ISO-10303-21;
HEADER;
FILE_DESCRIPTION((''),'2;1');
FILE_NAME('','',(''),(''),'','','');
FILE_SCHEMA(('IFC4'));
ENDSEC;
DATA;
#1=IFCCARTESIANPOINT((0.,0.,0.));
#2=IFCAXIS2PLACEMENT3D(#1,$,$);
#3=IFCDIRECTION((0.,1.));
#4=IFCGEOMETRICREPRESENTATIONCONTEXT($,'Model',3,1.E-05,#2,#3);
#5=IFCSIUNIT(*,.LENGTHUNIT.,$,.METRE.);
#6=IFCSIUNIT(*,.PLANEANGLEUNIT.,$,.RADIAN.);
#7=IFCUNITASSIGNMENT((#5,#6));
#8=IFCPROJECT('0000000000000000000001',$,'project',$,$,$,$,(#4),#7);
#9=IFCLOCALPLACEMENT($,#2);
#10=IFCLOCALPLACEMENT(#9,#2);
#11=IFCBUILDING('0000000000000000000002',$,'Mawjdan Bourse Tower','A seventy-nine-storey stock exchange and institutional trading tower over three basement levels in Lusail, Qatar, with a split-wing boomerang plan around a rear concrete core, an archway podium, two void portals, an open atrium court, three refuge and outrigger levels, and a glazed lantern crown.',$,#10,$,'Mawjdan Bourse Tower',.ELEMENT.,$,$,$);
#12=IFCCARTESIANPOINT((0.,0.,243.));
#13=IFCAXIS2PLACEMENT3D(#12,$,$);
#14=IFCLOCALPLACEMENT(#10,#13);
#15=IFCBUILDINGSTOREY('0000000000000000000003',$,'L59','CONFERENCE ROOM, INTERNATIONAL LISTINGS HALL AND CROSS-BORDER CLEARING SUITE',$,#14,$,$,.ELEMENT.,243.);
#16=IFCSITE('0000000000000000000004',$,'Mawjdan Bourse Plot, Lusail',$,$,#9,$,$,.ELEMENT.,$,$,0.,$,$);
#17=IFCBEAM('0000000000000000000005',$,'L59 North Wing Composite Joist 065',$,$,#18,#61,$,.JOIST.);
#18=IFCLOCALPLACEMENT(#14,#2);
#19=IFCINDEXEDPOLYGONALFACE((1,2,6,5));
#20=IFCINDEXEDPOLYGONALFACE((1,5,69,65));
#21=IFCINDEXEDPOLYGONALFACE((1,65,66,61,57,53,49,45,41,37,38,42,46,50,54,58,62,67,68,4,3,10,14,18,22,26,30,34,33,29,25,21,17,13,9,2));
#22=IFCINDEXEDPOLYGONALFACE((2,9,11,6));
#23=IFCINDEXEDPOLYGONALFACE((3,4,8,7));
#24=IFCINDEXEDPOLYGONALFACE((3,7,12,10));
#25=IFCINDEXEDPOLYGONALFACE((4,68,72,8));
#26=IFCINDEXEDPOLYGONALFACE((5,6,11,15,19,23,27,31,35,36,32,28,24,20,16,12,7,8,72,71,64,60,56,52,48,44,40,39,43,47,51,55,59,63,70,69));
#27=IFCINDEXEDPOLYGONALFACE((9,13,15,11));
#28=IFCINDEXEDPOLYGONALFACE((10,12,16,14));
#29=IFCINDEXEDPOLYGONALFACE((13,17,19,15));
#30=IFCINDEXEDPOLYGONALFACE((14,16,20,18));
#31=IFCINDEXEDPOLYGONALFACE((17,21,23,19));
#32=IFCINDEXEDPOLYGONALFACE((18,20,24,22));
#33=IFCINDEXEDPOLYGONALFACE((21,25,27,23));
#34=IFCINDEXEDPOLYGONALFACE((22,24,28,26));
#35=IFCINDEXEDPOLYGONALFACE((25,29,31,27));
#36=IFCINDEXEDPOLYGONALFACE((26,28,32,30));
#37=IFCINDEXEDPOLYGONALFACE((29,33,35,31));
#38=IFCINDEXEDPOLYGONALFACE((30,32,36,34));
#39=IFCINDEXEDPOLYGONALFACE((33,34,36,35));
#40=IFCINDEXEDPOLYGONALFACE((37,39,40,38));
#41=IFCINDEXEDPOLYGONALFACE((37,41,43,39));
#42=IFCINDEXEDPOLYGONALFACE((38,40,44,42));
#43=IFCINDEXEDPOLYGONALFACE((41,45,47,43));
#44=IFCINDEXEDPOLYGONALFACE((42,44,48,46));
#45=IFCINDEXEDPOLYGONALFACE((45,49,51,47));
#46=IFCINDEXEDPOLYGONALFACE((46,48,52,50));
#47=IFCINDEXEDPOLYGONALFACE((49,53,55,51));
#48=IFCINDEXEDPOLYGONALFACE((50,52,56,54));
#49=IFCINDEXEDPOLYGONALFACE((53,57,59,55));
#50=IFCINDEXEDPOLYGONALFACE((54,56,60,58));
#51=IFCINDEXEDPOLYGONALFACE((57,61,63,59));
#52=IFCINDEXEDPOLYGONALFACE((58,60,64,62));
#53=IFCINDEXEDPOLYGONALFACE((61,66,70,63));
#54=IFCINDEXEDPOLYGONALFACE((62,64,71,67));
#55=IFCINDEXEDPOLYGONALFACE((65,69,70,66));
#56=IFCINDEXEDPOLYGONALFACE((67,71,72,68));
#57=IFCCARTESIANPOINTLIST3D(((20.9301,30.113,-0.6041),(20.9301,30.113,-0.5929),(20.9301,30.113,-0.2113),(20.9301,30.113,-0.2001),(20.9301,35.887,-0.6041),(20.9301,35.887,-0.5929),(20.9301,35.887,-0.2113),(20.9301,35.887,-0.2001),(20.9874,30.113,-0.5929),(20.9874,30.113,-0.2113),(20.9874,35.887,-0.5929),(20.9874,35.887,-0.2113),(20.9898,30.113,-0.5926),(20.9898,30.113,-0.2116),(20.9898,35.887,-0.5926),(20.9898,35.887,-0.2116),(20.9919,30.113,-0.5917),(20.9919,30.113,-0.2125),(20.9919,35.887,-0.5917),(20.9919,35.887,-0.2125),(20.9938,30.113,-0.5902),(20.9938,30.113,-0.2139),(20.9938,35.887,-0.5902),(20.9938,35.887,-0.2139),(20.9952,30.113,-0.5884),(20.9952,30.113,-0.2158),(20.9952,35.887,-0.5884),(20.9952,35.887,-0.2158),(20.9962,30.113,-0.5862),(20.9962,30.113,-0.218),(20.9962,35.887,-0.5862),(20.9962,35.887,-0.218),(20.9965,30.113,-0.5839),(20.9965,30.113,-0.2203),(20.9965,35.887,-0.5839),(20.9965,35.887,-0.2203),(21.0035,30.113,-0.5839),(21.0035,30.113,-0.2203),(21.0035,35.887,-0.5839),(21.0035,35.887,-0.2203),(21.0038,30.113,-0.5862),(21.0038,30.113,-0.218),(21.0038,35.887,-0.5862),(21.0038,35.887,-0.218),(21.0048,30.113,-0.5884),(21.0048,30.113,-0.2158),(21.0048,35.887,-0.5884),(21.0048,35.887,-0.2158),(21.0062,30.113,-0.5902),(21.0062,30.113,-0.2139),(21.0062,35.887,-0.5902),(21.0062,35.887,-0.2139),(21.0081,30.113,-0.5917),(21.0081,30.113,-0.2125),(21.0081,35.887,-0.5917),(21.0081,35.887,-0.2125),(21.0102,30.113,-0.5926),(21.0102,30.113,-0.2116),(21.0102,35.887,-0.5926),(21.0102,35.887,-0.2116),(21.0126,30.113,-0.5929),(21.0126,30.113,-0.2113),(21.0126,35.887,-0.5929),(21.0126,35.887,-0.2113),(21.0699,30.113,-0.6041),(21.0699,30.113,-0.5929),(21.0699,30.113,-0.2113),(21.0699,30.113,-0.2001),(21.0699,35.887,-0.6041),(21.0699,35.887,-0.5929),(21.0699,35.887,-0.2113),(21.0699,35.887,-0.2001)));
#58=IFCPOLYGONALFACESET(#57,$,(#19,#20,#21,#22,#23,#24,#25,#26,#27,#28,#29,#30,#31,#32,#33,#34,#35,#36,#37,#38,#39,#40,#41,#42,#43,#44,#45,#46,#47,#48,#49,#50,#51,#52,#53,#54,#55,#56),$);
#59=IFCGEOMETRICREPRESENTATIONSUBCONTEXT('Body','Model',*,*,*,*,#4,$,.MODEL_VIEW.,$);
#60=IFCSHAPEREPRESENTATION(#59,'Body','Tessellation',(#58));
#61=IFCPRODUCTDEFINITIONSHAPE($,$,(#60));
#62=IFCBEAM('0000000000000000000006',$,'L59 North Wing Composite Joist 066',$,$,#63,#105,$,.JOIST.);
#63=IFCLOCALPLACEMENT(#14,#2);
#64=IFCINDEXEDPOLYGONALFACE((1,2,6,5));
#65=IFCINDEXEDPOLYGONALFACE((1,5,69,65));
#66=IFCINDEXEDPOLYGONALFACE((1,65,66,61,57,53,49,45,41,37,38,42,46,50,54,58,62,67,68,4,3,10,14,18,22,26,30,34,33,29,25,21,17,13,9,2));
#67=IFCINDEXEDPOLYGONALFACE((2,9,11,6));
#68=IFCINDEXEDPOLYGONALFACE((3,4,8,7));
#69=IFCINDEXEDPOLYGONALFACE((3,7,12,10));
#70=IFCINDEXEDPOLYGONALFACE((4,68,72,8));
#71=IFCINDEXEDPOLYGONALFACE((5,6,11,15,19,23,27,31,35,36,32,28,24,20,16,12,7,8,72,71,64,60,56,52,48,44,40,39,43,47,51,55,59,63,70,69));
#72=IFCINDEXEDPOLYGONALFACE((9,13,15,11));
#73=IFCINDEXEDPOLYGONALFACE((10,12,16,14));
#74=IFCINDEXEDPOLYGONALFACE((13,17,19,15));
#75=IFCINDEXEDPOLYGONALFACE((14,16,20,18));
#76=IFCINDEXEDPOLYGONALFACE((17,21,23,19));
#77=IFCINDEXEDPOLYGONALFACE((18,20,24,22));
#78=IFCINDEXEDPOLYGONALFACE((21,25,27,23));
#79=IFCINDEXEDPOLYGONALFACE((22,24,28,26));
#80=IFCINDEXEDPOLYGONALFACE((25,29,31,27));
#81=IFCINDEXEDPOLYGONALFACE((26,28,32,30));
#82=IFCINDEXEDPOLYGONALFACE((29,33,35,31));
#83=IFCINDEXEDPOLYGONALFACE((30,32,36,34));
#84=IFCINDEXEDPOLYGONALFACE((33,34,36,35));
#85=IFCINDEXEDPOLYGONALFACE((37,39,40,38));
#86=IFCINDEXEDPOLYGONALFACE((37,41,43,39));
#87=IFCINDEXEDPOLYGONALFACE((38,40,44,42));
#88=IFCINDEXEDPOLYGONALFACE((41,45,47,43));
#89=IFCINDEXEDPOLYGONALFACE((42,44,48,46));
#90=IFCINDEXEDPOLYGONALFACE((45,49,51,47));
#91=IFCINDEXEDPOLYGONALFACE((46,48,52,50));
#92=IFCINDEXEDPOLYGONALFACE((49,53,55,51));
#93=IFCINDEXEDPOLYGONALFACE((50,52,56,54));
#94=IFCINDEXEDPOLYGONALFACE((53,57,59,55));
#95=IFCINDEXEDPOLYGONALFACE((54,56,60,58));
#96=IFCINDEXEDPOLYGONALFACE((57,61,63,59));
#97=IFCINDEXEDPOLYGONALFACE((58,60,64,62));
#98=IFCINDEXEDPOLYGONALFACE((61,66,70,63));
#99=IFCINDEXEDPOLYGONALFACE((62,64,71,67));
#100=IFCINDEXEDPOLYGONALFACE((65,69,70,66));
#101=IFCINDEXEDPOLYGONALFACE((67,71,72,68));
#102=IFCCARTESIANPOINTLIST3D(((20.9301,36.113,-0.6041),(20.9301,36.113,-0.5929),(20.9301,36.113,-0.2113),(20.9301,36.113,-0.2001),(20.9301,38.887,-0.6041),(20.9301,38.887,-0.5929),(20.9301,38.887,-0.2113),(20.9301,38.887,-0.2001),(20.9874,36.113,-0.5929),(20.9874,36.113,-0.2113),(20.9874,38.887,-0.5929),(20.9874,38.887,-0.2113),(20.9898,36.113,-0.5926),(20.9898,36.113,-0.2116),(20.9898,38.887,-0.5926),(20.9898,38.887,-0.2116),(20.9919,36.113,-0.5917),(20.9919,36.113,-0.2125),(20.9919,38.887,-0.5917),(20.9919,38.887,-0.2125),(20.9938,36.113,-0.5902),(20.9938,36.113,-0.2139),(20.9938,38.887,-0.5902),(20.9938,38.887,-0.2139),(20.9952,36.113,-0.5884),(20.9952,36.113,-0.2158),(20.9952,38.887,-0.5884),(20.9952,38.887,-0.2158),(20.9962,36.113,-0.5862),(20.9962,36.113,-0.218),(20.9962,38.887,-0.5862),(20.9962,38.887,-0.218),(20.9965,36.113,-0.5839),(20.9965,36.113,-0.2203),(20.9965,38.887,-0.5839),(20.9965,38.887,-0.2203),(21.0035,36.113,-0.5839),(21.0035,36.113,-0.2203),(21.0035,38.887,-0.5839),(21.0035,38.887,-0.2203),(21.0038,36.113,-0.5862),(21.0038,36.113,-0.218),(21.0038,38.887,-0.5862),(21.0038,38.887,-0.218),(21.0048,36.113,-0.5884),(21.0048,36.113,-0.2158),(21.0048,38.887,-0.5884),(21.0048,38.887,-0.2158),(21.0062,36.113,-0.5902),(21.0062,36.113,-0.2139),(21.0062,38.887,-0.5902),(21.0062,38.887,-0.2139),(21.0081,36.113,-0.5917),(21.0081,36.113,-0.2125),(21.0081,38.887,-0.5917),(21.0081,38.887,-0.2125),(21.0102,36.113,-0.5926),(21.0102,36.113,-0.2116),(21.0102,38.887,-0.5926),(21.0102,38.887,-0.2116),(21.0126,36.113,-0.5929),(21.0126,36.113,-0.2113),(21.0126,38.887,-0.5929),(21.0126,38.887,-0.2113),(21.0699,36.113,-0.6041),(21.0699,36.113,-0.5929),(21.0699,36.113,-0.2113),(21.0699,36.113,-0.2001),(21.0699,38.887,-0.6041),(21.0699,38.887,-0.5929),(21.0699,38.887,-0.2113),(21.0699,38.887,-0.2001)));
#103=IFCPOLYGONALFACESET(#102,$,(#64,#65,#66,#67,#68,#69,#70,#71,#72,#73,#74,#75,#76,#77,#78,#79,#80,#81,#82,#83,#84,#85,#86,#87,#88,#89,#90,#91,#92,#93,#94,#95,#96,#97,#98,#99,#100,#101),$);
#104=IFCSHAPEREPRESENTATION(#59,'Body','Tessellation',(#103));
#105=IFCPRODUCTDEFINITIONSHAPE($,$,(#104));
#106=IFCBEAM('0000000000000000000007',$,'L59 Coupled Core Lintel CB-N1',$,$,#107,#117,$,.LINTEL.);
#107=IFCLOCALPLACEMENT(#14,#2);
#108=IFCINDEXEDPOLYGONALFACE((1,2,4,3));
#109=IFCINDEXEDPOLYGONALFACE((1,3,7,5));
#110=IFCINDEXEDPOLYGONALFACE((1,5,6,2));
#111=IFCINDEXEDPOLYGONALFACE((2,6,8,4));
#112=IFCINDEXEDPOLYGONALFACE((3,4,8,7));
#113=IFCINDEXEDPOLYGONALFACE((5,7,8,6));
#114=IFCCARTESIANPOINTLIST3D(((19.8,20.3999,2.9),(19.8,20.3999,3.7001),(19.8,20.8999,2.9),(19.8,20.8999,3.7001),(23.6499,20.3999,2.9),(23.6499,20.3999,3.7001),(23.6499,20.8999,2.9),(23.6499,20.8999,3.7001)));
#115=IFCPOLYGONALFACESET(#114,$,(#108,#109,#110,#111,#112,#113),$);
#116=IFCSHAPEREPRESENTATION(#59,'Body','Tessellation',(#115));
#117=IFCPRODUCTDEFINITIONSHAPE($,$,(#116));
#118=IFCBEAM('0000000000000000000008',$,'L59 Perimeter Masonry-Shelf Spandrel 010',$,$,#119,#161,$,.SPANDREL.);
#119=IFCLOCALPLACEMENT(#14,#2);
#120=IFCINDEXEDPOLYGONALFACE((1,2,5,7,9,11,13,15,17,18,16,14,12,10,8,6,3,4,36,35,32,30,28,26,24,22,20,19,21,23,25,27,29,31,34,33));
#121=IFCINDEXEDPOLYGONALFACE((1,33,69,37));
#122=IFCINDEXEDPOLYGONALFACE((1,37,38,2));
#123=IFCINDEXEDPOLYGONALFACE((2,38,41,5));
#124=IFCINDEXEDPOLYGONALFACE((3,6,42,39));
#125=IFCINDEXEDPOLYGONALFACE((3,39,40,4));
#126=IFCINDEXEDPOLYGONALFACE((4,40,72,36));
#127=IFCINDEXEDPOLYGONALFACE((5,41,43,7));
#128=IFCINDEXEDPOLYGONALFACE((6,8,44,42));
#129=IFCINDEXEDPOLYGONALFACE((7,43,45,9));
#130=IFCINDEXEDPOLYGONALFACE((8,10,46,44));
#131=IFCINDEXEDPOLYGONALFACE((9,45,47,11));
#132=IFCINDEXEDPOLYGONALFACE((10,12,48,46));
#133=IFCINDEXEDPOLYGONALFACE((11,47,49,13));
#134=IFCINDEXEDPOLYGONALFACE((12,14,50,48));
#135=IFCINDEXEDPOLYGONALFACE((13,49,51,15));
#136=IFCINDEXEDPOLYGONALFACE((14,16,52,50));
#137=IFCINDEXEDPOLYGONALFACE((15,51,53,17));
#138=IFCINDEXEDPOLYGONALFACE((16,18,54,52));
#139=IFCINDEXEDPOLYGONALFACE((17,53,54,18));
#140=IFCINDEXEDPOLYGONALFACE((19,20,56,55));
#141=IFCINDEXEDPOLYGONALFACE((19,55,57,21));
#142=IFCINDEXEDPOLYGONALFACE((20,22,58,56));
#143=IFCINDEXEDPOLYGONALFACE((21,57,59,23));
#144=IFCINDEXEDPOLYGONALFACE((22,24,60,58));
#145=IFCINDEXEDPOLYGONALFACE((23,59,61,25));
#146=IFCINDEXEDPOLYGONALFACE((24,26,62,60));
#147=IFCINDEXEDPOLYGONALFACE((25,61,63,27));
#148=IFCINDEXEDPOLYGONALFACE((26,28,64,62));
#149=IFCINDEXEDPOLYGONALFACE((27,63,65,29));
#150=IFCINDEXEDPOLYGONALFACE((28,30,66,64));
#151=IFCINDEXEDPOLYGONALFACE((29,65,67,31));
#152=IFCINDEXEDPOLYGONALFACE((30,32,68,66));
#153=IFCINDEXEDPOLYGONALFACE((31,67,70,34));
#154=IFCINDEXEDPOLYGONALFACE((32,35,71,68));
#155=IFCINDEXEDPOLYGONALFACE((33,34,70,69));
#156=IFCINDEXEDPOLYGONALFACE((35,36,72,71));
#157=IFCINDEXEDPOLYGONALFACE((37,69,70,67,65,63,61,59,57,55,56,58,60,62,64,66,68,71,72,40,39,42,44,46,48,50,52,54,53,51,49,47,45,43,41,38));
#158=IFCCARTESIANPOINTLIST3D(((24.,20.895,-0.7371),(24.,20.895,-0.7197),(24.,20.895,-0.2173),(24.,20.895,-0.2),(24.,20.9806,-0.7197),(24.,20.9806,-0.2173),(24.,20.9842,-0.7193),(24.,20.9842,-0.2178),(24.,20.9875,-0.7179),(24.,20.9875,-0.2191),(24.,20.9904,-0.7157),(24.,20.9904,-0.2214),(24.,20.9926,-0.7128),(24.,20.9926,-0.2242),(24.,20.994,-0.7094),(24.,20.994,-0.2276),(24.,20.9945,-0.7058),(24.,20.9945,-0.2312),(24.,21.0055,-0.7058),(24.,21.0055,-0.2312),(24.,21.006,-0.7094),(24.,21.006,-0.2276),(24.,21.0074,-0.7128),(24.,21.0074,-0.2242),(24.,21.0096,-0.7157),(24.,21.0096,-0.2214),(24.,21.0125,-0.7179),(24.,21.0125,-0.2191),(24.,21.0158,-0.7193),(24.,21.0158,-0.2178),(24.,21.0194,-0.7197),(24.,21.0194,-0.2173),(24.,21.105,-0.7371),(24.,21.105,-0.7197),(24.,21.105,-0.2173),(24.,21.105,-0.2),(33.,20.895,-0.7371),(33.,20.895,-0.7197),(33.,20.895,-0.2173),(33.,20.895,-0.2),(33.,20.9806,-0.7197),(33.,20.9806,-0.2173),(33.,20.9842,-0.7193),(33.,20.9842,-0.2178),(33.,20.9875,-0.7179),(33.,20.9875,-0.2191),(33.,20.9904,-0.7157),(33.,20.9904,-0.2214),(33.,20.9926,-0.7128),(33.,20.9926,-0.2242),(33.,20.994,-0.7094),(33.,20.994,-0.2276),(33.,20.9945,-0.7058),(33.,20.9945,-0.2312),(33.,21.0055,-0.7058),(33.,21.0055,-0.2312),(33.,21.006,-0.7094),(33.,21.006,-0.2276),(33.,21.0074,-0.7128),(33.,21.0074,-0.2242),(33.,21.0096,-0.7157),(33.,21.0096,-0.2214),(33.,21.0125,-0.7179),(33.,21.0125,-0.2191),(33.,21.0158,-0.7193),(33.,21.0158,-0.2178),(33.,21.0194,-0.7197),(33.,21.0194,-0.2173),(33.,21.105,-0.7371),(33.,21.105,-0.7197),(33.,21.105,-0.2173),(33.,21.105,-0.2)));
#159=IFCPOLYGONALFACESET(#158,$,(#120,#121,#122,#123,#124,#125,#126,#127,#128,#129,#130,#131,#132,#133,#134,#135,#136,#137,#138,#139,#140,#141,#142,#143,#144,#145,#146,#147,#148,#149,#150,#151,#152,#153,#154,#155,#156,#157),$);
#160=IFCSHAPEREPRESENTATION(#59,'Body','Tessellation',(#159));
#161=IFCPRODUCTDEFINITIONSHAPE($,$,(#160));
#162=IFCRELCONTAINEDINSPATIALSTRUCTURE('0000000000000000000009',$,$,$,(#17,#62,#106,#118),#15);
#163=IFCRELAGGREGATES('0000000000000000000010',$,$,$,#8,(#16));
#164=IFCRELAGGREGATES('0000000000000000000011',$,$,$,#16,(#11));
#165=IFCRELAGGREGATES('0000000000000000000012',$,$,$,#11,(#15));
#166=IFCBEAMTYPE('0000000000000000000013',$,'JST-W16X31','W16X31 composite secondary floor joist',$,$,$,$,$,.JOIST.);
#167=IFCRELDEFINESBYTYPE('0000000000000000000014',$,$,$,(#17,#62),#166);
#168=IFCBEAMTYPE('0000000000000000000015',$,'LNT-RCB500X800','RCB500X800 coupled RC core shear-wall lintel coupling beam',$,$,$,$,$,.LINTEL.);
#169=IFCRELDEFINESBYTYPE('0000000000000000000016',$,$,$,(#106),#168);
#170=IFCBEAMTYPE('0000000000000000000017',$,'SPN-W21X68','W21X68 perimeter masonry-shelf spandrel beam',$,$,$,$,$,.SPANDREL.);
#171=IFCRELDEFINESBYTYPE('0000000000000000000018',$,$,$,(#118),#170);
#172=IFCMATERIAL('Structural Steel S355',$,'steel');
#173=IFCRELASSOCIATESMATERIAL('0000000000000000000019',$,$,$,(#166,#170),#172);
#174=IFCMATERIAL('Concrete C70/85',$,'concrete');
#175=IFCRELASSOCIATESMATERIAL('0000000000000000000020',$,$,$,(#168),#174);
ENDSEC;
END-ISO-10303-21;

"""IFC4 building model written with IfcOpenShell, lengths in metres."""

from ifc_helpers import new_model, si_unit, direction, frame, origin, origin_2d, place, context, subcontext, project, spatial, rectangle, i_section, extrude, material, material_profile, profile_set, type_object, element, save


model = new_model("IFC4")

# Units and contexts
model_context = context("Model", 3, precision=1e-05, world=origin(), true_north=direction((0.0, 1.0)))
body_context = subcontext(model_context, "Body", "Model", "MODEL_VIEW")
ifc_project = project(units=[si_unit("LENGTHUNIT", "METRE"), si_unit("PLANEANGLEUNIT", "RADIAN")], contexts=[model_context])

# Site, building, storey
site_placement = place(None, origin())
site = spatial("IfcSite", under=ifc_project, at=site_placement, Name="Mawjdan Bourse Plot, Lusail", CompositionType="ELEMENT", RefElevation=0.0)
building_placement = place(site_placement, origin())
building = spatial("IfcBuilding", under=site, at=building_placement, Name="Mawjdan Bourse Tower", Description="A seventy-nine-storey stock exchange and institutional trading tower over three basement levels in Lusail, Qatar, with a split-wing boomerang plan around a rear concrete core, an archway podium, two void portals, an open atrium court, three refuge and outrigger levels, and a glazed lantern crown.", LongName="Mawjdan Bourse Tower", CompositionType="ELEMENT")
storey_placement = place(building_placement, frame((0.0, 0.0, 243.0)))
storey = spatial("IfcBuildingStorey", under=building, at=storey_placement, Name="L59", Description="CONFERENCE ROOM, INTERNATIONAL LISTINGS HALL AND CROSS-BORDER CLEARING SUITE", CompositionType="ELEMENT", Elevation=243.0)

# Beams
ifc_material_1 = material(Name="Structural Steel S355", Category="steel")
ifc_material_profile_1 = material_profile(ifc_material_1, i_section(OverallWidth=0.1399, OverallDepth=0.4041, WebThickness=0.0071, FlangeThickness=0.0112, FilletRadius=0.009, at=origin_2d()), Name="W16X31")
ifc_profile_set_1 = profile_set([ifc_material_profile_1], Name="Structural Steel S355")
beam_type_1 = type_object("IfcBeamType", Name="JST-W16X31", Description="W16X31 composite secondary floor joist", PredefinedType="JOIST", material=ifc_profile_set_1)
for number, where, z_axis, x_axis, name in (
    (1, (21.0, 30.113, -0.4021), (0.0, 1.0, 0.0), (-1.0, 0.0, 0.0), "L59 North Wing Composite Joist 065"),
):
    element("IfcBeam", number, at=place(storey_placement, frame(where, z_axis=z_axis, x_axis=x_axis)), inside=storey, type_object=beam_type_1, Name=name, PredefinedType="JOIST", context=body_context, shape_type="SweptSolid", body=[
        extrude(i_section(OverallWidth=0.1399, OverallDepth=0.4041, WebThickness=0.0071, FlangeThickness=0.0112, FilletRadius=0.009, at=origin_2d()), origin(), (0.0, 0.0, 1.0), 5.7739),
    ])
beam_1_placement = place(storey_placement, frame((21.0, 36.113, -0.4021), z_axis=(0.0, 1.0, 0.0), x_axis=(-1.0, 0.0, 0.0)))
element("IfcBeam", 2, at=beam_1_placement, inside=storey, type_object=beam_type_1, Name="L59 North Wing Composite Joist 066", PredefinedType="JOIST", context=body_context, shape_type="SweptSolid", body=[
    extrude(i_section(OverallWidth=0.1399, OverallDepth=0.4041, WebThickness=0.0071, FlangeThickness=0.0112, FilletRadius=0.009, at=origin_2d()), origin(), (0.0, 0.0, 1.0), 2.7739),
])
ifc_material_2 = material(Name="Concrete C70/85", Category="concrete")
ifc_material_profile_2 = material_profile(ifc_material_2, rectangle(XDim=0.5, YDim=0.8, at=origin_2d()), Name="RCB500X800")
ifc_profile_set_2 = profile_set([ifc_material_profile_2], Name="Concrete C70/85")
beam_type_2 = type_object("IfcBeamType", Name="LNT-RCB500X800", Description="RCB500X800 coupled RC core shear-wall lintel coupling beam", PredefinedType="LINTEL", material=ifc_profile_set_2)
beam_2_placement = place(storey_placement, frame((19.8, 20.6499, 3.3), z_axis=(1.0, 0.0, 0.0), x_axis=(0.0, 1.0, 0.0)))
element("IfcBeam", 3, at=beam_2_placement, inside=storey, type_object=beam_type_2, Name="L59 Coupled Core Lintel CB-N1", PredefinedType="LINTEL", context=body_context, shape_type="SweptSolid", body=[
    extrude(rectangle(XDim=0.5, YDim=0.8, at=origin_2d()), origin(), (0.0, 0.0, 1.0), 3.8499),
])
ifc_material_profile_3 = material_profile(ifc_material_1, i_section(OverallWidth=0.21, OverallDepth=0.5371, WebThickness=0.011, FlangeThickness=0.0173, FilletRadius=0.0139, at=origin_2d()), Name="W21X68")
ifc_profile_set_3 = profile_set([ifc_material_profile_3], Name="Structural Steel S355")
beam_type_3 = type_object("IfcBeamType", Name="SPN-W21X68", Description="W21X68 perimeter masonry-shelf spandrel beam", PredefinedType="SPANDREL", material=ifc_profile_set_3)
beam_3_placement = place(storey_placement, frame((24.0, 21.0, -0.4685), z_axis=(1.0, 0.0, 0.0), x_axis=(0.0, 1.0, 0.0)))
element("IfcBeam", 4, at=beam_3_placement, inside=storey, type_object=beam_type_3, Name="L59 Perimeter Masonry-Shelf Spandrel 010", PredefinedType="SPANDREL", context=body_context, shape_type="SweptSolid", body=[
    extrude(i_section(OverallWidth=0.21, OverallDepth=0.5371, WebThickness=0.011, FlangeThickness=0.0173, FilletRadius=0.0139, at=origin_2d()), origin(), (0.0, 0.0, 1.0), 9.0),
])

save(model, "model.ifc")
